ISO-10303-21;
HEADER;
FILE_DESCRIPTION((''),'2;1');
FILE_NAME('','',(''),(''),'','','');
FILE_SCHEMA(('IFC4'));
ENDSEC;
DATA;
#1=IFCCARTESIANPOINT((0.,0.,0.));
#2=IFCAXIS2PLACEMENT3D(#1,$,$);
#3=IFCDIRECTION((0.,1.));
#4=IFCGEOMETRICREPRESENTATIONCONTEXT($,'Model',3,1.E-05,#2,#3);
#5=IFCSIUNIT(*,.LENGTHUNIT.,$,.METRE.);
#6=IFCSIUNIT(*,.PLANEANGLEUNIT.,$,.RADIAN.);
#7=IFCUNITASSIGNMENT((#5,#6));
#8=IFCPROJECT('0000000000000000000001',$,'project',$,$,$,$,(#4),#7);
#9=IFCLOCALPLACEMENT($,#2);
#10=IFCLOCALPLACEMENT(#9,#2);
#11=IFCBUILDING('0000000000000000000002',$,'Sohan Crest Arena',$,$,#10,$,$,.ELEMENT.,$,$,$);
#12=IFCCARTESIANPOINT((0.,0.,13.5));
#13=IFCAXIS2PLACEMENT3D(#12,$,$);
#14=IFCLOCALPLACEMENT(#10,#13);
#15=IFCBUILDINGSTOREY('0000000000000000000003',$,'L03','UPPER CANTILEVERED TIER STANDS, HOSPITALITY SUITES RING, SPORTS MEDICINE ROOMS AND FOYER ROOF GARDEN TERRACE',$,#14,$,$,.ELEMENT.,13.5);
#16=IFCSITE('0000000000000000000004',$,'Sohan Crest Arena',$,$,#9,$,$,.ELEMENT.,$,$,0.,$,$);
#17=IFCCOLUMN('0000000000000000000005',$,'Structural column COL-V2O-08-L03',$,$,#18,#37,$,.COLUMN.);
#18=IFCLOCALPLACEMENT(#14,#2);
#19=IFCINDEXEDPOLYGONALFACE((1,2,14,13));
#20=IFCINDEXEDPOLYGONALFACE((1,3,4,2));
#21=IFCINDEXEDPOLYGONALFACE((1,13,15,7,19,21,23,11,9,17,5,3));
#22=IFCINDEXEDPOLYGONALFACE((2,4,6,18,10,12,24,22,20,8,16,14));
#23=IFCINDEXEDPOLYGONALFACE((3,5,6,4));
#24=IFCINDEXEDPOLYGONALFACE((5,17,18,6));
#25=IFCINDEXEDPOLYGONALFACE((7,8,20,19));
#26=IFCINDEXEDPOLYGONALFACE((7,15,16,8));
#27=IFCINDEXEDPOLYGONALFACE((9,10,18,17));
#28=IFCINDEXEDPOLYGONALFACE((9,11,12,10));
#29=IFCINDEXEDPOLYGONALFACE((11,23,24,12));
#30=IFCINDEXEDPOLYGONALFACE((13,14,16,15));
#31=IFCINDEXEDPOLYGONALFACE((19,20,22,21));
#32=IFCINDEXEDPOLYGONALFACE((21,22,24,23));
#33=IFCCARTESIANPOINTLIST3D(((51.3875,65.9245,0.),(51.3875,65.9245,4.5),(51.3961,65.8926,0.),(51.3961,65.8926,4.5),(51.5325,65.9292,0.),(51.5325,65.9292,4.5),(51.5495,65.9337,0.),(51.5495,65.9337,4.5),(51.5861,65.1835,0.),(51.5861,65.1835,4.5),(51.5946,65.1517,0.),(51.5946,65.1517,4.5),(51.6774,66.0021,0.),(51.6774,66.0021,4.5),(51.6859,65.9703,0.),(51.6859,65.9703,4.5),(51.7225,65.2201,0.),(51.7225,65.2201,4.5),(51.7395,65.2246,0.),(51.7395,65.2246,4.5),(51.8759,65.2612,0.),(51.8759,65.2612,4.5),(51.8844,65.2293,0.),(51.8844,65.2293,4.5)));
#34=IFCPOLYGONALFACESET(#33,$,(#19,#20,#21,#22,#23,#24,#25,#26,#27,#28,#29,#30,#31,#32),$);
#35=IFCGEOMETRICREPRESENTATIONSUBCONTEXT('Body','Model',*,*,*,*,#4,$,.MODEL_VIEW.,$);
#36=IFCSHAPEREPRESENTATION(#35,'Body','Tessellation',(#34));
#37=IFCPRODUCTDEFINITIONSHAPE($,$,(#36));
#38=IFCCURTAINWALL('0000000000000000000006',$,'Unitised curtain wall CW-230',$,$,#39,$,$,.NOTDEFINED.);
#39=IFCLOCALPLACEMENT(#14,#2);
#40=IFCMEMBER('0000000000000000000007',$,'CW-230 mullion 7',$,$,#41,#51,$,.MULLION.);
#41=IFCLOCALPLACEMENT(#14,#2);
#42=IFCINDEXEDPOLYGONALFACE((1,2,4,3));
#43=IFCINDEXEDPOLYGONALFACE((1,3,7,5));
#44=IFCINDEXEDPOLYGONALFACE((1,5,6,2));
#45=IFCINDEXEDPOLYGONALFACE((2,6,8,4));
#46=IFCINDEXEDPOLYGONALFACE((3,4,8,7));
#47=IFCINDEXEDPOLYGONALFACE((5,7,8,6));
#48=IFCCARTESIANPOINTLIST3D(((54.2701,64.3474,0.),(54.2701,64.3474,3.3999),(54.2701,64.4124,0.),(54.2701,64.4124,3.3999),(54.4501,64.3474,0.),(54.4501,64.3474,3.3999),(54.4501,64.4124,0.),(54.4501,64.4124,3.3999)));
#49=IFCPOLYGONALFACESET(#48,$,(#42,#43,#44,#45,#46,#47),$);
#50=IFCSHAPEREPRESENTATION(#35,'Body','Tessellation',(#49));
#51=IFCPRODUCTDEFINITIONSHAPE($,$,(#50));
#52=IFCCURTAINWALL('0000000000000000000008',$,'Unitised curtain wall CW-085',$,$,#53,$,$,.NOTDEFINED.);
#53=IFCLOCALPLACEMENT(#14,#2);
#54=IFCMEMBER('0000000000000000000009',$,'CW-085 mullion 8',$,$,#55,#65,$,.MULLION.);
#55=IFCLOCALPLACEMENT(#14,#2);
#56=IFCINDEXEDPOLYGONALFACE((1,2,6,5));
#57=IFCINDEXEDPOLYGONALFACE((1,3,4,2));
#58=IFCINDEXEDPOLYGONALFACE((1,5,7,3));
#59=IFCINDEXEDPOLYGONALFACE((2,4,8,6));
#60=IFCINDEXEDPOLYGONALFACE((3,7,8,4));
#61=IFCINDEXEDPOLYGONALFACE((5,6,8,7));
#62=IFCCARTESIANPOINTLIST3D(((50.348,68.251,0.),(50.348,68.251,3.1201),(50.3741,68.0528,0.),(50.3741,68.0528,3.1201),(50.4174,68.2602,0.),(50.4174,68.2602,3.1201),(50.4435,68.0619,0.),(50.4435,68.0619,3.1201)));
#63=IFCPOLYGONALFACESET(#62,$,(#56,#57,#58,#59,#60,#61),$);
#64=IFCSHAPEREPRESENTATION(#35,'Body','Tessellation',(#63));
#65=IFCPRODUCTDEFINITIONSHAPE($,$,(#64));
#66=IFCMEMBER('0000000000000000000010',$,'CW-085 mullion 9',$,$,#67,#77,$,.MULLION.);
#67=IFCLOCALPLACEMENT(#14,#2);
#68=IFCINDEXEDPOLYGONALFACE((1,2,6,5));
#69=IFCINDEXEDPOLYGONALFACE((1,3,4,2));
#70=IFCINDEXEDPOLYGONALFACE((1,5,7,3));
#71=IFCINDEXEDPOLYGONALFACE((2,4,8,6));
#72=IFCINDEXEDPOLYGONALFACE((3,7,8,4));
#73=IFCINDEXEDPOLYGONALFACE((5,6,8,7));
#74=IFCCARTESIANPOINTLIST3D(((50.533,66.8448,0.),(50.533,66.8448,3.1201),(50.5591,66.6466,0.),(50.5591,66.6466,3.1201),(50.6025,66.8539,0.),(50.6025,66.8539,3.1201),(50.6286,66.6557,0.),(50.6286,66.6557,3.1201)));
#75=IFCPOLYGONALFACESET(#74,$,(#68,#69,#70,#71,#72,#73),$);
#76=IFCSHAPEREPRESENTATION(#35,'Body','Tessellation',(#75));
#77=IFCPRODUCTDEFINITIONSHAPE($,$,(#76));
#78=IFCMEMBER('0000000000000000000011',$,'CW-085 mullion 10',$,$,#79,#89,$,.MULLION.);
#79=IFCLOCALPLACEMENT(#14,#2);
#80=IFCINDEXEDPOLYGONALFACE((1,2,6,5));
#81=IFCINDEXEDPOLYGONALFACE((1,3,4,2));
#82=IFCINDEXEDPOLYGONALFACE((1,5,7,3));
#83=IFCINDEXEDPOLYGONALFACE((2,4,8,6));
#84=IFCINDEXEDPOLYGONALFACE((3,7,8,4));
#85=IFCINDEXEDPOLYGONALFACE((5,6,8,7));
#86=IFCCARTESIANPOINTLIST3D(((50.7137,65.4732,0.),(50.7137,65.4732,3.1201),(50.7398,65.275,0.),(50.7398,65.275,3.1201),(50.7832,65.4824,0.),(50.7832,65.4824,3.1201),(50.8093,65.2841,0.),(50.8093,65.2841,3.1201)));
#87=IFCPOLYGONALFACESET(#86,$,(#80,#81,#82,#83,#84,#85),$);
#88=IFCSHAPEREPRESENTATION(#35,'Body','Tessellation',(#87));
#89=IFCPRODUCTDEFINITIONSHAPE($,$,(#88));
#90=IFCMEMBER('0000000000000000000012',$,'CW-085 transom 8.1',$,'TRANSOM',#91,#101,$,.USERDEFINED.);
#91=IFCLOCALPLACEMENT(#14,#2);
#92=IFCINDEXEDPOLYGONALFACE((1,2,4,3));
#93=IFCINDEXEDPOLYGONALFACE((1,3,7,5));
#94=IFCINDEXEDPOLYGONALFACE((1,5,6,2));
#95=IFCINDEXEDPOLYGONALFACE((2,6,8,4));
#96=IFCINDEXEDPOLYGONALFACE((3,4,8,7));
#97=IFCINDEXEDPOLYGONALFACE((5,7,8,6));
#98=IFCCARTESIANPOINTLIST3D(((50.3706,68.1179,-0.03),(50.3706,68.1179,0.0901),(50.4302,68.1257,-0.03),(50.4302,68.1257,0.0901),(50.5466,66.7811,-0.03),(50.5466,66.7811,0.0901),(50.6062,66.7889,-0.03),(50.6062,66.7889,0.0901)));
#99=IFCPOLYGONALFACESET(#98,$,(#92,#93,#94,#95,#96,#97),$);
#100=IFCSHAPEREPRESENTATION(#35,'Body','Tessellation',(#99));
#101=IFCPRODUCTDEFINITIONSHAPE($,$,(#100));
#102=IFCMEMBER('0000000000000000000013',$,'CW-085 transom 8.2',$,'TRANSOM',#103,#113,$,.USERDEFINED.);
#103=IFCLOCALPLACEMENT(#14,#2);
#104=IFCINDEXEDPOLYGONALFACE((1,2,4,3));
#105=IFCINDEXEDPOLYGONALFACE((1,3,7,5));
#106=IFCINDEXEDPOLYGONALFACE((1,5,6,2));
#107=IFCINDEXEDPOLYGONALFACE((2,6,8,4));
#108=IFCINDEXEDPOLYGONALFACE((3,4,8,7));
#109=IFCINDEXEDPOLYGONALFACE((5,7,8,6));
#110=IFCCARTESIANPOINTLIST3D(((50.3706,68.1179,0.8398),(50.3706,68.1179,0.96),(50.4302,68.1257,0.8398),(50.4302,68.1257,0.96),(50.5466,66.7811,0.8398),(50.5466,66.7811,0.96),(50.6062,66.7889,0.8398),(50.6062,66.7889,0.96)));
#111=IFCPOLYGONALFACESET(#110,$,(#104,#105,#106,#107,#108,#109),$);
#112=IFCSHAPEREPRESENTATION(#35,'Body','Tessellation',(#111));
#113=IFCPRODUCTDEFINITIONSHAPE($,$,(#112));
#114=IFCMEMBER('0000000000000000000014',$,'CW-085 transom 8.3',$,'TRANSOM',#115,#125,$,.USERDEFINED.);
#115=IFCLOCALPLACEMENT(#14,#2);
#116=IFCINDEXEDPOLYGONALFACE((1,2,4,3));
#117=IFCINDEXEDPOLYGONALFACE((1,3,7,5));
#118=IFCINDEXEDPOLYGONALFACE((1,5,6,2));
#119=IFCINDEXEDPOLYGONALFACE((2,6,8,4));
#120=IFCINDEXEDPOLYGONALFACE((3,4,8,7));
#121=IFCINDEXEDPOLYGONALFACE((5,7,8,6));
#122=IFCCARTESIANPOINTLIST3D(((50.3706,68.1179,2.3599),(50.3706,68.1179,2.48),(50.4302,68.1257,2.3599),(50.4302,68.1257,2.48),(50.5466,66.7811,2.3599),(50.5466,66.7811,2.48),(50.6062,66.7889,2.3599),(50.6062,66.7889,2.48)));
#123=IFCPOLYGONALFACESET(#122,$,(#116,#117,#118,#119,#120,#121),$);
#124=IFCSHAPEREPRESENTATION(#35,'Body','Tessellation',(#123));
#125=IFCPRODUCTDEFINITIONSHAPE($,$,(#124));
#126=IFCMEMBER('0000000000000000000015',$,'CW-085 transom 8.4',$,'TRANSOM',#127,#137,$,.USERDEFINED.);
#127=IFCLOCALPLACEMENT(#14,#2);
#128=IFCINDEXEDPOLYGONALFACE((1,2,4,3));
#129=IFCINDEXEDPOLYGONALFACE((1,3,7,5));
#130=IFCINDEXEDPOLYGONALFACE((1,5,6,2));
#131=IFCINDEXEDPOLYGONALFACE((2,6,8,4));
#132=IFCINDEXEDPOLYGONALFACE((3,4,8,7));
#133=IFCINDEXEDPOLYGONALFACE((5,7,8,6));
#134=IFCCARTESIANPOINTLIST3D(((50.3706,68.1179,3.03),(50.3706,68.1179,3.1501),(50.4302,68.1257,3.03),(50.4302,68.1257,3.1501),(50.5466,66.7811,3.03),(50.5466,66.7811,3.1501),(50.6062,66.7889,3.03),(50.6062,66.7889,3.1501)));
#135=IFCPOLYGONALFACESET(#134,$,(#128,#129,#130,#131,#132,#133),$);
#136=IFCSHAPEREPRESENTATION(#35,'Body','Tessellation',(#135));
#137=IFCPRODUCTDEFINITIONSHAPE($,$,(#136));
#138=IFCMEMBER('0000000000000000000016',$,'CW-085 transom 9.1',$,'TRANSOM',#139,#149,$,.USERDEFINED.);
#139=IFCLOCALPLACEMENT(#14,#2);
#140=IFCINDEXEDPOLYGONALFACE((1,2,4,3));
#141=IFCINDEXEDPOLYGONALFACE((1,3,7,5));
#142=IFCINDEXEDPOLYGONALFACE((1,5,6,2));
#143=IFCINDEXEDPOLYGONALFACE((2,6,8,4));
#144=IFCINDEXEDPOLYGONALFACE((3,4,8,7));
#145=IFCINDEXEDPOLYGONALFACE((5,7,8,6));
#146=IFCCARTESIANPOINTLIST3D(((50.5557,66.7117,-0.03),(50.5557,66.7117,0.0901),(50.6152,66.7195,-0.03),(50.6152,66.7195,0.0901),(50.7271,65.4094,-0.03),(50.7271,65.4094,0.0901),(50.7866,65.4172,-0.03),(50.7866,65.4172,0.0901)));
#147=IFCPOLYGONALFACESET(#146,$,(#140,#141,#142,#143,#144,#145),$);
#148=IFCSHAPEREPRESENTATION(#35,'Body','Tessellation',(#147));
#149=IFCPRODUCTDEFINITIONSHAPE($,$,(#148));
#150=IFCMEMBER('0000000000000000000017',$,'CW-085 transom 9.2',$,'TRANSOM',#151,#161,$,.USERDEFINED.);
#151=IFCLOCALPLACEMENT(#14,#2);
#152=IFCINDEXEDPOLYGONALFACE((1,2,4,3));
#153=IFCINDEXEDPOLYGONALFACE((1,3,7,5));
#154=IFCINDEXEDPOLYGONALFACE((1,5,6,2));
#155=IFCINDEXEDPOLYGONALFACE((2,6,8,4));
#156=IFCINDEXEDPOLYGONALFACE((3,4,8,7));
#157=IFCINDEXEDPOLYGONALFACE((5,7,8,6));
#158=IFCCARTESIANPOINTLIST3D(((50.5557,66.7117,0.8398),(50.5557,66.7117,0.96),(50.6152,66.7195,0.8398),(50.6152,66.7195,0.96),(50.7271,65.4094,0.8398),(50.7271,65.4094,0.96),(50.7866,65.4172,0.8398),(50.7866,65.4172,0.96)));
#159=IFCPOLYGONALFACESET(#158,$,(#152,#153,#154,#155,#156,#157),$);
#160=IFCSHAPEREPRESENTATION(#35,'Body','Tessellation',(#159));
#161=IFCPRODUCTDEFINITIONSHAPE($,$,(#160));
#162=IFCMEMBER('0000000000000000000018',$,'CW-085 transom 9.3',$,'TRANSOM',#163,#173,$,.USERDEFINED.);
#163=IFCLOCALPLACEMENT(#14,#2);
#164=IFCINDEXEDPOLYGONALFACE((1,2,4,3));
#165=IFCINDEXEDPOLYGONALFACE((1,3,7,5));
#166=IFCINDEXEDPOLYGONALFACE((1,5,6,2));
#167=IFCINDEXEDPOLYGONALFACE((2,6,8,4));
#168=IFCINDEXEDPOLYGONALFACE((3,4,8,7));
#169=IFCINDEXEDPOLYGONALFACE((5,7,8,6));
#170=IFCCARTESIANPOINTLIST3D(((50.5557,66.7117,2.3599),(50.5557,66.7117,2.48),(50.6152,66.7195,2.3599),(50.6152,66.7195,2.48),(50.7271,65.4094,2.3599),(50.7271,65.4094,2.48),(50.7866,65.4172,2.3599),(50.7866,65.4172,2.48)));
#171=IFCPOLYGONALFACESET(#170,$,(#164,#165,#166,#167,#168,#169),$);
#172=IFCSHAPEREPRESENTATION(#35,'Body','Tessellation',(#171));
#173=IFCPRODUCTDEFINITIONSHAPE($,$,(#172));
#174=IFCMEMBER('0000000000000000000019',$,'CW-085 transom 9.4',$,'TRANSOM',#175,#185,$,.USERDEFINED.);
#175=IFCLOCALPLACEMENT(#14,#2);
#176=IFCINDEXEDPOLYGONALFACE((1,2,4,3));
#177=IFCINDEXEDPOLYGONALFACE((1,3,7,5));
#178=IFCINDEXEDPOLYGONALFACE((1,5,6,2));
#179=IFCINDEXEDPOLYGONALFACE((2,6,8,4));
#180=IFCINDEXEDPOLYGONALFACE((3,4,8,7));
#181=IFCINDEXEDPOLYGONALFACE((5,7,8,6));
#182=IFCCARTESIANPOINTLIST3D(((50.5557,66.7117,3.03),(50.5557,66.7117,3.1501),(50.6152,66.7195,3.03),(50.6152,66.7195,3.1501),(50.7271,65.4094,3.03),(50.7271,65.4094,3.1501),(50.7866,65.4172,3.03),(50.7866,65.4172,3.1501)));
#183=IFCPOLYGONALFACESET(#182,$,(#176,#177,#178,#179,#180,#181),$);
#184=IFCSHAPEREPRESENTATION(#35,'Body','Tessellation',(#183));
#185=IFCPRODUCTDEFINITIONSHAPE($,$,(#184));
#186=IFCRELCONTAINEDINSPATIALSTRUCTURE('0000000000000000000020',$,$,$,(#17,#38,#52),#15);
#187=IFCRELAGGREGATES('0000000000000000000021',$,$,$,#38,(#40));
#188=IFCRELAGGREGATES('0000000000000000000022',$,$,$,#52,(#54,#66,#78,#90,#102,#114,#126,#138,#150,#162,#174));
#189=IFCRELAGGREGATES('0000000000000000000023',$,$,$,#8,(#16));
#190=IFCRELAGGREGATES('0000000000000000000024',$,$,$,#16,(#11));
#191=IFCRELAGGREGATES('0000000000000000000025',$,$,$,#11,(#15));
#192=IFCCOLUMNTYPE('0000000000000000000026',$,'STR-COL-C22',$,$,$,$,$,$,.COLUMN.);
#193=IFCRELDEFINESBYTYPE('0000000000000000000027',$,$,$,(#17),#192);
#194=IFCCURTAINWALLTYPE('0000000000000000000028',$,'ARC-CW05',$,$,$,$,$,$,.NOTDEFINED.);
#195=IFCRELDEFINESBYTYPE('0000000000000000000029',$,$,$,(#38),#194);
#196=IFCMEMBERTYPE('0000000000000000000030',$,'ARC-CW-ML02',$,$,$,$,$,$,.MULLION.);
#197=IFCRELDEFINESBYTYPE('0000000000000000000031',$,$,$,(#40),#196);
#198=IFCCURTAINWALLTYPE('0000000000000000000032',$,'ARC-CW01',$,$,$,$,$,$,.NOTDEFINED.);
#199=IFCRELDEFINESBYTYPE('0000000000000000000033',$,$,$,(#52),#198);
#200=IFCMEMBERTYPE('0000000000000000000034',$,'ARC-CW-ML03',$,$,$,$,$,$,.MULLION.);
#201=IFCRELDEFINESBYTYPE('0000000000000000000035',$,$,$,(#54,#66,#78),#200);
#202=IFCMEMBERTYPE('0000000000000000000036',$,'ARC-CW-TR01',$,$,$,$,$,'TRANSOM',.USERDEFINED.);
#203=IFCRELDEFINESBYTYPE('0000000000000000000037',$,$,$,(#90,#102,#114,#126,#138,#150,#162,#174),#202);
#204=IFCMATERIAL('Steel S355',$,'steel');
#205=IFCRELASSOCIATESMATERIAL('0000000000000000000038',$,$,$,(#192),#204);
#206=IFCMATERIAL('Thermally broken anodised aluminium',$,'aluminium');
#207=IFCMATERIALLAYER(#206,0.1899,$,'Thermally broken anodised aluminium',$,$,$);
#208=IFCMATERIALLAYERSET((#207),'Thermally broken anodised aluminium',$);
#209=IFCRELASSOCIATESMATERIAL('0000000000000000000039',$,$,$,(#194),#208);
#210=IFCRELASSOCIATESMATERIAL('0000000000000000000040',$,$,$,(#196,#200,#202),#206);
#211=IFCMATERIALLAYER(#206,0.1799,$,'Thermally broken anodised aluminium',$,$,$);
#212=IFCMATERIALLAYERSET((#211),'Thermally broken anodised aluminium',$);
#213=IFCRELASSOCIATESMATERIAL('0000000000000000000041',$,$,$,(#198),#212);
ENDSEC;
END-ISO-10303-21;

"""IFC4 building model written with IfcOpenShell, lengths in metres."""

from ifc_helpers import new_model, si_unit, direction, frame, origin, origin_2d, place, context, subcontext, project, spatial, rectangle, i_section, extrude, material, layer, layer_set, material_profile, profile_set, type_object, element, aggregate, save


model = new_model("IFC4")

# Units and contexts
model_context = context("Model", 3, precision=1e-05, world=origin(), true_north=direction((0.0, 1.0)))
body_context = subcontext(model_context, "Body", "Model", "MODEL_VIEW")
ifc_project = project(units=[si_unit("LENGTHUNIT", "METRE"), si_unit("PLANEANGLEUNIT", "RADIAN")], contexts=[model_context])

# Site, building, storey
site_placement = place(None, origin())
site = spatial("IfcSite", under=ifc_project, at=site_placement, Name="Sohan Crest Arena", CompositionType="ELEMENT", RefElevation=0.0)
building_placement = place(site_placement, origin())
building = spatial("IfcBuilding", under=site, at=building_placement, Name="Sohan Crest Arena", CompositionType="ELEMENT")
storey_placement = place(building_placement, frame((0.0, 0.0, 13.5)))
storey = spatial("IfcBuildingStorey", under=building, at=storey_placement, Name="L03", Description="UPPER CANTILEVERED TIER STANDS, HOSPITALITY SUITES RING, SPORTS MEDICINE ROOMS AND FOYER ROOF GARDEN TERRACE", CompositionType="ELEMENT", Elevation=13.5)

# Column
ifc_material_1 = material(Name="Steel S355", Category="steel")
ifc_material_profile_1 = material_profile(ifc_material_1, i_section(OverallWidth=0.3, OverallDepth=0.8, WebThickness=0.0176, FlangeThickness=0.033, at=origin_2d()), Name="HEB 800")
ifc_profile_set_1 = profile_set([ifc_material_profile_1], Name="Steel S355")
column_type = type_object("IfcColumnType", Name="STR-COL-C22", PredefinedType="COLUMN", material=ifc_profile_set_1)
column_placement = place(storey_placement, frame((51.636, 65.5769, 0.0), z_axis=(0.0, 0.0, 1.0), x_axis=(0.965926, 0.258819, 0.0)))
element("IfcColumn", 1, at=column_placement, inside=storey, type_object=column_type, Name="Structural column COL-V2O-08-L03", PredefinedType="COLUMN", context=body_context, shape_type="SweptSolid", body=[
    extrude(i_section(OverallWidth=0.3, OverallDepth=0.8, WebThickness=0.0176, FlangeThickness=0.033, at=origin_2d()), origin(), (0.0, 0.0, 1.0), 4.5),
])

# Curtain wall, member
ifc_material_2 = material(Name="Thermally broken anodised aluminium", Category="aluminium")
ifc_layer_1 = layer(ifc_material_2, 0.1899, Name="Thermally broken anodised aluminium")
ifc_layer_set_1 = layer_set([ifc_layer_1], Name="Thermally broken anodised aluminium")
curtain_wall_type_1 = type_object("IfcCurtainWallType", Name="ARC-CW05", PredefinedType="NOTDEFINED", material=ifc_layer_set_1)
curtain_wall_1_placement = place(storey_placement, origin())
curtain_wall_1 = element("IfcCurtainWall", 2, at=curtain_wall_1_placement, inside=storey, type_object=curtain_wall_type_1, Name="Unitised curtain wall CW-230", PredefinedType="NOTDEFINED")
ifc_material_profile_2 = material_profile(ifc_material_2, rectangle(XDim=0.0649, YDim=0.1799, at=origin_2d()), Name="ALU-MULL 65x180")
ifc_profile_set_2 = profile_set([ifc_material_profile_2], Name="Thermally broken anodised aluminium")
member_type_1 = type_object("IfcMemberType", Name="ARC-CW-ML02", PredefinedType="MULLION", material=ifc_profile_set_2)
member_1_placement = place(storey_placement, frame((54.3601, 64.3799, 0.0), z_axis=(0.0, 0.0, 1.0), x_axis=(0.0, 1.0, 0.0)))
member_1 = element("IfcMember", 3, at=member_1_placement, type_object=member_type_1, Name="CW-230 mullion 7", PredefinedType="MULLION", context=body_context, shape_type="SweptSolid", body=[
    extrude(rectangle(XDim=0.0649, YDim=0.1799, at=origin_2d()), origin(), (0.0, 0.0, 1.0), 3.3999),
])

# Curtain wall, members
ifc_layer_2 = layer(ifc_material_2, 0.1799, Name="Thermally broken anodised aluminium")
ifc_layer_set_2 = layer_set([ifc_layer_2], Name="Thermally broken anodised aluminium")
curtain_wall_type_2 = type_object("IfcCurtainWallType", Name="ARC-CW01", PredefinedType="NOTDEFINED", material=ifc_layer_set_2)
curtain_wall_2_placement = place(storey_placement, origin())
curtain_wall_2 = element("IfcCurtainWall", 4, at=curtain_wall_2_placement, inside=storey, type_object=curtain_wall_type_2, Name="Unitised curtain wall CW-085", PredefinedType="NOTDEFINED")
ifc_material_profile_3 = material_profile(ifc_material_2, rectangle(XDim=0.0701, YDim=0.2, at=origin_2d()), Name="ALU-MULL 70x200")
ifc_profile_set_3 = profile_set([ifc_material_profile_3], Name="Thermally broken anodised aluminium")
member_type_2 = type_object("IfcMemberType", Name="ARC-CW-ML03", PredefinedType="MULLION", material=ifc_profile_set_3)
member_2_placement = place(storey_placement, frame((50.3958, 68.1565, 0.0), z_axis=(0.0, 0.0, 1.0), x_axis=(0.991447, 0.130511, 0.0)))
member_2 = element("IfcMember", 5, at=member_2_placement, type_object=member_type_2, Name="CW-085 mullion 8", PredefinedType="MULLION", context=body_context, shape_type="SweptSolid", body=[
    extrude(rectangle(XDim=0.0701, YDim=0.2, at=origin_2d()), origin(), (0.0, 0.0, 1.0), 3.1201),
])
member_3_placement = place(storey_placement, frame((50.5808, 66.7502, 0.0), z_axis=(0.0, 0.0, 1.0), x_axis=(0.991447, 0.130511, 0.0)))
member_3 = element("IfcMember", 6, at=member_3_placement, type_object=member_type_2, Name="CW-085 mullion 9", PredefinedType="MULLION", context=body_context, shape_type="SweptSolid", body=[
    extrude(rectangle(XDim=0.0701, YDim=0.2, at=origin_2d()), origin(), (0.0, 0.0, 1.0), 3.1201),
])
member_4_placement = place(storey_placement, frame((50.7615, 65.3787, 0.0), z_axis=(0.0, 0.0, 1.0), x_axis=(0.991447, 0.130511, 0.0)))
member_4 = element("IfcMember", 7, at=member_4_placement, type_object=member_type_2, Name="CW-085 mullion 10", PredefinedType="MULLION", context=body_context, shape_type="SweptSolid", body=[
    extrude(rectangle(XDim=0.0701, YDim=0.2, at=origin_2d()), origin(), (0.0, 0.0, 1.0), 3.1201),
])
ifc_material_profile_4 = material_profile(ifc_material_2, rectangle(XDim=0.0601, YDim=0.1201, at=origin_2d()), Name="ALU-TRAN 60x120")
ifc_profile_set_4 = profile_set([ifc_material_profile_4], Name="Thermally broken anodised aluminium")
member_type_3 = type_object("IfcMemberType", Name="ARC-CW-TR01", ElementType="TRANSOM", PredefinedType="USERDEFINED", material=ifc_profile_set_4)
member_5_placement = place(storey_placement, frame((50.4004, 68.1218, 0.03), z_axis=(0.130539, -0.991443, 0.0), x_axis=(0.991443, 0.130539, 0.0)))
member_5 = element("IfcMember", 8, at=member_5_placement, type_object=member_type_3, Name="CW-085 transom 8.1", ObjectType="TRANSOM", PredefinedType="USERDEFINED", context=body_context, shape_type="SweptSolid", body=[
    extrude(rectangle(XDim=0.0601, YDim=0.1201, at=origin_2d()), origin(), (0.0, 0.0, 1.0), 1.3484),
])
member_6_placement = place(storey_placement, frame((50.4004, 68.1218, 0.8999), z_axis=(0.130539, -0.991443, 0.0), x_axis=(0.991443, 0.130539, 0.0)))
member_6 = element("IfcMember", 9, at=member_6_placement, type_object=member_type_3, Name="CW-085 transom 8.2", ObjectType="TRANSOM", PredefinedType="USERDEFINED", context=body_context, shape_type="SweptSolid", body=[
    extrude(rectangle(XDim=0.0601, YDim=0.1201, at=origin_2d()), origin(), (0.0, 0.0, 1.0), 1.3484),
])
member_7_placement = place(storey_placement, frame((50.4004, 68.1218, 2.4199), z_axis=(0.130539, -0.991443, 0.0), x_axis=(0.991443, 0.130539, 0.0)))
member_7 = element("IfcMember", 10, at=member_7_placement, type_object=member_type_3, Name="CW-085 transom 8.3", ObjectType="TRANSOM", PredefinedType="USERDEFINED", context=body_context, shape_type="SweptSolid", body=[
    extrude(rectangle(XDim=0.0601, YDim=0.1201, at=origin_2d()), origin(), (0.0, 0.0, 1.0), 1.3484),
])
member_8_placement = place(storey_placement, frame((50.4004, 68.1218, 3.0901), z_axis=(0.130539, -0.991443, 0.0), x_axis=(0.991443, 0.130539, 0.0)))
member_8 = element("IfcMember", 11, at=member_8_placement, type_object=member_type_3, Name="CW-085 transom 8.4", ObjectType="TRANSOM", PredefinedType="USERDEFINED", context=body_context, shape_type="SweptSolid", body=[
    extrude(rectangle(XDim=0.0601, YDim=0.1201, at=origin_2d()), origin(), (0.0, 0.0, 1.0), 1.3484),
])
member_9_placement = place(storey_placement, frame((50.5854, 66.7156, 0.03), z_axis=(0.130483, -0.99145, 0.0), x_axis=(0.99145, 0.130483, 0.0)))
member_9 = element("IfcMember", 12, at=member_9_placement, type_object=member_type_3, Name="CW-085 transom 9.1", ObjectType="TRANSOM", PredefinedType="USERDEFINED", context=body_context, shape_type="SweptSolid", body=[
    extrude(rectangle(XDim=0.0601, YDim=0.1201, at=origin_2d()), origin(), (0.0, 0.0, 1.0), 1.3135),
])
member_10_placement = place(storey_placement, frame((50.5854, 66.7156, 0.8999), z_axis=(0.130483, -0.99145, 0.0), x_axis=(0.99145, 0.130483, 0.0)))
member_10 = element("IfcMember", 13, at=member_10_placement, type_object=member_type_3, Name="CW-085 transom 9.2", ObjectType="TRANSOM", PredefinedType="USERDEFINED", context=body_context, shape_type="SweptSolid", body=[
    extrude(rectangle(XDim=0.0601, YDim=0.1201, at=origin_2d()), origin(), (0.0, 0.0, 1.0), 1.3135),
])
member_11_placement = place(storey_placement, frame((50.5854, 66.7156, 2.4199), z_axis=(0.130483, -0.99145, 0.0), x_axis=(0.99145, 0.130483, 0.0)))
member_11 = element("IfcMember", 14, at=member_11_placement, type_object=member_type_3, Name="CW-085 transom 9.3", ObjectType="TRANSOM", PredefinedType="USERDEFINED", context=body_context, shape_type="SweptSolid", body=[
    extrude(rectangle(XDim=0.0601, YDim=0.1201, at=origin_2d()), origin(), (0.0, 0.0, 1.0), 1.3135),
])
member_12_placement = place(storey_placement, frame((50.5854, 66.7156, 3.0901), z_axis=(0.130483, -0.99145, 0.0), x_axis=(0.99145, 0.130483, 0.0)))
member_12 = element("IfcMember", 15, at=member_12_placement, type_object=member_type_3, Name="CW-085 transom 9.4", ObjectType="TRANSOM", PredefinedType="USERDEFINED", context=body_context, shape_type="SweptSolid", body=[
    extrude(rectangle(XDim=0.0601, YDim=0.1201, at=origin_2d()), origin(), (0.0, 0.0, 1.0), 1.3135),
])

aggregate(curtain_wall_1, [member_1])
aggregate(curtain_wall_2, [member_2, member_3, member_4, member_5, member_6, member_7, member_8, member_9, member_10, member_11, member_12])

save(model, "model.ifc")
